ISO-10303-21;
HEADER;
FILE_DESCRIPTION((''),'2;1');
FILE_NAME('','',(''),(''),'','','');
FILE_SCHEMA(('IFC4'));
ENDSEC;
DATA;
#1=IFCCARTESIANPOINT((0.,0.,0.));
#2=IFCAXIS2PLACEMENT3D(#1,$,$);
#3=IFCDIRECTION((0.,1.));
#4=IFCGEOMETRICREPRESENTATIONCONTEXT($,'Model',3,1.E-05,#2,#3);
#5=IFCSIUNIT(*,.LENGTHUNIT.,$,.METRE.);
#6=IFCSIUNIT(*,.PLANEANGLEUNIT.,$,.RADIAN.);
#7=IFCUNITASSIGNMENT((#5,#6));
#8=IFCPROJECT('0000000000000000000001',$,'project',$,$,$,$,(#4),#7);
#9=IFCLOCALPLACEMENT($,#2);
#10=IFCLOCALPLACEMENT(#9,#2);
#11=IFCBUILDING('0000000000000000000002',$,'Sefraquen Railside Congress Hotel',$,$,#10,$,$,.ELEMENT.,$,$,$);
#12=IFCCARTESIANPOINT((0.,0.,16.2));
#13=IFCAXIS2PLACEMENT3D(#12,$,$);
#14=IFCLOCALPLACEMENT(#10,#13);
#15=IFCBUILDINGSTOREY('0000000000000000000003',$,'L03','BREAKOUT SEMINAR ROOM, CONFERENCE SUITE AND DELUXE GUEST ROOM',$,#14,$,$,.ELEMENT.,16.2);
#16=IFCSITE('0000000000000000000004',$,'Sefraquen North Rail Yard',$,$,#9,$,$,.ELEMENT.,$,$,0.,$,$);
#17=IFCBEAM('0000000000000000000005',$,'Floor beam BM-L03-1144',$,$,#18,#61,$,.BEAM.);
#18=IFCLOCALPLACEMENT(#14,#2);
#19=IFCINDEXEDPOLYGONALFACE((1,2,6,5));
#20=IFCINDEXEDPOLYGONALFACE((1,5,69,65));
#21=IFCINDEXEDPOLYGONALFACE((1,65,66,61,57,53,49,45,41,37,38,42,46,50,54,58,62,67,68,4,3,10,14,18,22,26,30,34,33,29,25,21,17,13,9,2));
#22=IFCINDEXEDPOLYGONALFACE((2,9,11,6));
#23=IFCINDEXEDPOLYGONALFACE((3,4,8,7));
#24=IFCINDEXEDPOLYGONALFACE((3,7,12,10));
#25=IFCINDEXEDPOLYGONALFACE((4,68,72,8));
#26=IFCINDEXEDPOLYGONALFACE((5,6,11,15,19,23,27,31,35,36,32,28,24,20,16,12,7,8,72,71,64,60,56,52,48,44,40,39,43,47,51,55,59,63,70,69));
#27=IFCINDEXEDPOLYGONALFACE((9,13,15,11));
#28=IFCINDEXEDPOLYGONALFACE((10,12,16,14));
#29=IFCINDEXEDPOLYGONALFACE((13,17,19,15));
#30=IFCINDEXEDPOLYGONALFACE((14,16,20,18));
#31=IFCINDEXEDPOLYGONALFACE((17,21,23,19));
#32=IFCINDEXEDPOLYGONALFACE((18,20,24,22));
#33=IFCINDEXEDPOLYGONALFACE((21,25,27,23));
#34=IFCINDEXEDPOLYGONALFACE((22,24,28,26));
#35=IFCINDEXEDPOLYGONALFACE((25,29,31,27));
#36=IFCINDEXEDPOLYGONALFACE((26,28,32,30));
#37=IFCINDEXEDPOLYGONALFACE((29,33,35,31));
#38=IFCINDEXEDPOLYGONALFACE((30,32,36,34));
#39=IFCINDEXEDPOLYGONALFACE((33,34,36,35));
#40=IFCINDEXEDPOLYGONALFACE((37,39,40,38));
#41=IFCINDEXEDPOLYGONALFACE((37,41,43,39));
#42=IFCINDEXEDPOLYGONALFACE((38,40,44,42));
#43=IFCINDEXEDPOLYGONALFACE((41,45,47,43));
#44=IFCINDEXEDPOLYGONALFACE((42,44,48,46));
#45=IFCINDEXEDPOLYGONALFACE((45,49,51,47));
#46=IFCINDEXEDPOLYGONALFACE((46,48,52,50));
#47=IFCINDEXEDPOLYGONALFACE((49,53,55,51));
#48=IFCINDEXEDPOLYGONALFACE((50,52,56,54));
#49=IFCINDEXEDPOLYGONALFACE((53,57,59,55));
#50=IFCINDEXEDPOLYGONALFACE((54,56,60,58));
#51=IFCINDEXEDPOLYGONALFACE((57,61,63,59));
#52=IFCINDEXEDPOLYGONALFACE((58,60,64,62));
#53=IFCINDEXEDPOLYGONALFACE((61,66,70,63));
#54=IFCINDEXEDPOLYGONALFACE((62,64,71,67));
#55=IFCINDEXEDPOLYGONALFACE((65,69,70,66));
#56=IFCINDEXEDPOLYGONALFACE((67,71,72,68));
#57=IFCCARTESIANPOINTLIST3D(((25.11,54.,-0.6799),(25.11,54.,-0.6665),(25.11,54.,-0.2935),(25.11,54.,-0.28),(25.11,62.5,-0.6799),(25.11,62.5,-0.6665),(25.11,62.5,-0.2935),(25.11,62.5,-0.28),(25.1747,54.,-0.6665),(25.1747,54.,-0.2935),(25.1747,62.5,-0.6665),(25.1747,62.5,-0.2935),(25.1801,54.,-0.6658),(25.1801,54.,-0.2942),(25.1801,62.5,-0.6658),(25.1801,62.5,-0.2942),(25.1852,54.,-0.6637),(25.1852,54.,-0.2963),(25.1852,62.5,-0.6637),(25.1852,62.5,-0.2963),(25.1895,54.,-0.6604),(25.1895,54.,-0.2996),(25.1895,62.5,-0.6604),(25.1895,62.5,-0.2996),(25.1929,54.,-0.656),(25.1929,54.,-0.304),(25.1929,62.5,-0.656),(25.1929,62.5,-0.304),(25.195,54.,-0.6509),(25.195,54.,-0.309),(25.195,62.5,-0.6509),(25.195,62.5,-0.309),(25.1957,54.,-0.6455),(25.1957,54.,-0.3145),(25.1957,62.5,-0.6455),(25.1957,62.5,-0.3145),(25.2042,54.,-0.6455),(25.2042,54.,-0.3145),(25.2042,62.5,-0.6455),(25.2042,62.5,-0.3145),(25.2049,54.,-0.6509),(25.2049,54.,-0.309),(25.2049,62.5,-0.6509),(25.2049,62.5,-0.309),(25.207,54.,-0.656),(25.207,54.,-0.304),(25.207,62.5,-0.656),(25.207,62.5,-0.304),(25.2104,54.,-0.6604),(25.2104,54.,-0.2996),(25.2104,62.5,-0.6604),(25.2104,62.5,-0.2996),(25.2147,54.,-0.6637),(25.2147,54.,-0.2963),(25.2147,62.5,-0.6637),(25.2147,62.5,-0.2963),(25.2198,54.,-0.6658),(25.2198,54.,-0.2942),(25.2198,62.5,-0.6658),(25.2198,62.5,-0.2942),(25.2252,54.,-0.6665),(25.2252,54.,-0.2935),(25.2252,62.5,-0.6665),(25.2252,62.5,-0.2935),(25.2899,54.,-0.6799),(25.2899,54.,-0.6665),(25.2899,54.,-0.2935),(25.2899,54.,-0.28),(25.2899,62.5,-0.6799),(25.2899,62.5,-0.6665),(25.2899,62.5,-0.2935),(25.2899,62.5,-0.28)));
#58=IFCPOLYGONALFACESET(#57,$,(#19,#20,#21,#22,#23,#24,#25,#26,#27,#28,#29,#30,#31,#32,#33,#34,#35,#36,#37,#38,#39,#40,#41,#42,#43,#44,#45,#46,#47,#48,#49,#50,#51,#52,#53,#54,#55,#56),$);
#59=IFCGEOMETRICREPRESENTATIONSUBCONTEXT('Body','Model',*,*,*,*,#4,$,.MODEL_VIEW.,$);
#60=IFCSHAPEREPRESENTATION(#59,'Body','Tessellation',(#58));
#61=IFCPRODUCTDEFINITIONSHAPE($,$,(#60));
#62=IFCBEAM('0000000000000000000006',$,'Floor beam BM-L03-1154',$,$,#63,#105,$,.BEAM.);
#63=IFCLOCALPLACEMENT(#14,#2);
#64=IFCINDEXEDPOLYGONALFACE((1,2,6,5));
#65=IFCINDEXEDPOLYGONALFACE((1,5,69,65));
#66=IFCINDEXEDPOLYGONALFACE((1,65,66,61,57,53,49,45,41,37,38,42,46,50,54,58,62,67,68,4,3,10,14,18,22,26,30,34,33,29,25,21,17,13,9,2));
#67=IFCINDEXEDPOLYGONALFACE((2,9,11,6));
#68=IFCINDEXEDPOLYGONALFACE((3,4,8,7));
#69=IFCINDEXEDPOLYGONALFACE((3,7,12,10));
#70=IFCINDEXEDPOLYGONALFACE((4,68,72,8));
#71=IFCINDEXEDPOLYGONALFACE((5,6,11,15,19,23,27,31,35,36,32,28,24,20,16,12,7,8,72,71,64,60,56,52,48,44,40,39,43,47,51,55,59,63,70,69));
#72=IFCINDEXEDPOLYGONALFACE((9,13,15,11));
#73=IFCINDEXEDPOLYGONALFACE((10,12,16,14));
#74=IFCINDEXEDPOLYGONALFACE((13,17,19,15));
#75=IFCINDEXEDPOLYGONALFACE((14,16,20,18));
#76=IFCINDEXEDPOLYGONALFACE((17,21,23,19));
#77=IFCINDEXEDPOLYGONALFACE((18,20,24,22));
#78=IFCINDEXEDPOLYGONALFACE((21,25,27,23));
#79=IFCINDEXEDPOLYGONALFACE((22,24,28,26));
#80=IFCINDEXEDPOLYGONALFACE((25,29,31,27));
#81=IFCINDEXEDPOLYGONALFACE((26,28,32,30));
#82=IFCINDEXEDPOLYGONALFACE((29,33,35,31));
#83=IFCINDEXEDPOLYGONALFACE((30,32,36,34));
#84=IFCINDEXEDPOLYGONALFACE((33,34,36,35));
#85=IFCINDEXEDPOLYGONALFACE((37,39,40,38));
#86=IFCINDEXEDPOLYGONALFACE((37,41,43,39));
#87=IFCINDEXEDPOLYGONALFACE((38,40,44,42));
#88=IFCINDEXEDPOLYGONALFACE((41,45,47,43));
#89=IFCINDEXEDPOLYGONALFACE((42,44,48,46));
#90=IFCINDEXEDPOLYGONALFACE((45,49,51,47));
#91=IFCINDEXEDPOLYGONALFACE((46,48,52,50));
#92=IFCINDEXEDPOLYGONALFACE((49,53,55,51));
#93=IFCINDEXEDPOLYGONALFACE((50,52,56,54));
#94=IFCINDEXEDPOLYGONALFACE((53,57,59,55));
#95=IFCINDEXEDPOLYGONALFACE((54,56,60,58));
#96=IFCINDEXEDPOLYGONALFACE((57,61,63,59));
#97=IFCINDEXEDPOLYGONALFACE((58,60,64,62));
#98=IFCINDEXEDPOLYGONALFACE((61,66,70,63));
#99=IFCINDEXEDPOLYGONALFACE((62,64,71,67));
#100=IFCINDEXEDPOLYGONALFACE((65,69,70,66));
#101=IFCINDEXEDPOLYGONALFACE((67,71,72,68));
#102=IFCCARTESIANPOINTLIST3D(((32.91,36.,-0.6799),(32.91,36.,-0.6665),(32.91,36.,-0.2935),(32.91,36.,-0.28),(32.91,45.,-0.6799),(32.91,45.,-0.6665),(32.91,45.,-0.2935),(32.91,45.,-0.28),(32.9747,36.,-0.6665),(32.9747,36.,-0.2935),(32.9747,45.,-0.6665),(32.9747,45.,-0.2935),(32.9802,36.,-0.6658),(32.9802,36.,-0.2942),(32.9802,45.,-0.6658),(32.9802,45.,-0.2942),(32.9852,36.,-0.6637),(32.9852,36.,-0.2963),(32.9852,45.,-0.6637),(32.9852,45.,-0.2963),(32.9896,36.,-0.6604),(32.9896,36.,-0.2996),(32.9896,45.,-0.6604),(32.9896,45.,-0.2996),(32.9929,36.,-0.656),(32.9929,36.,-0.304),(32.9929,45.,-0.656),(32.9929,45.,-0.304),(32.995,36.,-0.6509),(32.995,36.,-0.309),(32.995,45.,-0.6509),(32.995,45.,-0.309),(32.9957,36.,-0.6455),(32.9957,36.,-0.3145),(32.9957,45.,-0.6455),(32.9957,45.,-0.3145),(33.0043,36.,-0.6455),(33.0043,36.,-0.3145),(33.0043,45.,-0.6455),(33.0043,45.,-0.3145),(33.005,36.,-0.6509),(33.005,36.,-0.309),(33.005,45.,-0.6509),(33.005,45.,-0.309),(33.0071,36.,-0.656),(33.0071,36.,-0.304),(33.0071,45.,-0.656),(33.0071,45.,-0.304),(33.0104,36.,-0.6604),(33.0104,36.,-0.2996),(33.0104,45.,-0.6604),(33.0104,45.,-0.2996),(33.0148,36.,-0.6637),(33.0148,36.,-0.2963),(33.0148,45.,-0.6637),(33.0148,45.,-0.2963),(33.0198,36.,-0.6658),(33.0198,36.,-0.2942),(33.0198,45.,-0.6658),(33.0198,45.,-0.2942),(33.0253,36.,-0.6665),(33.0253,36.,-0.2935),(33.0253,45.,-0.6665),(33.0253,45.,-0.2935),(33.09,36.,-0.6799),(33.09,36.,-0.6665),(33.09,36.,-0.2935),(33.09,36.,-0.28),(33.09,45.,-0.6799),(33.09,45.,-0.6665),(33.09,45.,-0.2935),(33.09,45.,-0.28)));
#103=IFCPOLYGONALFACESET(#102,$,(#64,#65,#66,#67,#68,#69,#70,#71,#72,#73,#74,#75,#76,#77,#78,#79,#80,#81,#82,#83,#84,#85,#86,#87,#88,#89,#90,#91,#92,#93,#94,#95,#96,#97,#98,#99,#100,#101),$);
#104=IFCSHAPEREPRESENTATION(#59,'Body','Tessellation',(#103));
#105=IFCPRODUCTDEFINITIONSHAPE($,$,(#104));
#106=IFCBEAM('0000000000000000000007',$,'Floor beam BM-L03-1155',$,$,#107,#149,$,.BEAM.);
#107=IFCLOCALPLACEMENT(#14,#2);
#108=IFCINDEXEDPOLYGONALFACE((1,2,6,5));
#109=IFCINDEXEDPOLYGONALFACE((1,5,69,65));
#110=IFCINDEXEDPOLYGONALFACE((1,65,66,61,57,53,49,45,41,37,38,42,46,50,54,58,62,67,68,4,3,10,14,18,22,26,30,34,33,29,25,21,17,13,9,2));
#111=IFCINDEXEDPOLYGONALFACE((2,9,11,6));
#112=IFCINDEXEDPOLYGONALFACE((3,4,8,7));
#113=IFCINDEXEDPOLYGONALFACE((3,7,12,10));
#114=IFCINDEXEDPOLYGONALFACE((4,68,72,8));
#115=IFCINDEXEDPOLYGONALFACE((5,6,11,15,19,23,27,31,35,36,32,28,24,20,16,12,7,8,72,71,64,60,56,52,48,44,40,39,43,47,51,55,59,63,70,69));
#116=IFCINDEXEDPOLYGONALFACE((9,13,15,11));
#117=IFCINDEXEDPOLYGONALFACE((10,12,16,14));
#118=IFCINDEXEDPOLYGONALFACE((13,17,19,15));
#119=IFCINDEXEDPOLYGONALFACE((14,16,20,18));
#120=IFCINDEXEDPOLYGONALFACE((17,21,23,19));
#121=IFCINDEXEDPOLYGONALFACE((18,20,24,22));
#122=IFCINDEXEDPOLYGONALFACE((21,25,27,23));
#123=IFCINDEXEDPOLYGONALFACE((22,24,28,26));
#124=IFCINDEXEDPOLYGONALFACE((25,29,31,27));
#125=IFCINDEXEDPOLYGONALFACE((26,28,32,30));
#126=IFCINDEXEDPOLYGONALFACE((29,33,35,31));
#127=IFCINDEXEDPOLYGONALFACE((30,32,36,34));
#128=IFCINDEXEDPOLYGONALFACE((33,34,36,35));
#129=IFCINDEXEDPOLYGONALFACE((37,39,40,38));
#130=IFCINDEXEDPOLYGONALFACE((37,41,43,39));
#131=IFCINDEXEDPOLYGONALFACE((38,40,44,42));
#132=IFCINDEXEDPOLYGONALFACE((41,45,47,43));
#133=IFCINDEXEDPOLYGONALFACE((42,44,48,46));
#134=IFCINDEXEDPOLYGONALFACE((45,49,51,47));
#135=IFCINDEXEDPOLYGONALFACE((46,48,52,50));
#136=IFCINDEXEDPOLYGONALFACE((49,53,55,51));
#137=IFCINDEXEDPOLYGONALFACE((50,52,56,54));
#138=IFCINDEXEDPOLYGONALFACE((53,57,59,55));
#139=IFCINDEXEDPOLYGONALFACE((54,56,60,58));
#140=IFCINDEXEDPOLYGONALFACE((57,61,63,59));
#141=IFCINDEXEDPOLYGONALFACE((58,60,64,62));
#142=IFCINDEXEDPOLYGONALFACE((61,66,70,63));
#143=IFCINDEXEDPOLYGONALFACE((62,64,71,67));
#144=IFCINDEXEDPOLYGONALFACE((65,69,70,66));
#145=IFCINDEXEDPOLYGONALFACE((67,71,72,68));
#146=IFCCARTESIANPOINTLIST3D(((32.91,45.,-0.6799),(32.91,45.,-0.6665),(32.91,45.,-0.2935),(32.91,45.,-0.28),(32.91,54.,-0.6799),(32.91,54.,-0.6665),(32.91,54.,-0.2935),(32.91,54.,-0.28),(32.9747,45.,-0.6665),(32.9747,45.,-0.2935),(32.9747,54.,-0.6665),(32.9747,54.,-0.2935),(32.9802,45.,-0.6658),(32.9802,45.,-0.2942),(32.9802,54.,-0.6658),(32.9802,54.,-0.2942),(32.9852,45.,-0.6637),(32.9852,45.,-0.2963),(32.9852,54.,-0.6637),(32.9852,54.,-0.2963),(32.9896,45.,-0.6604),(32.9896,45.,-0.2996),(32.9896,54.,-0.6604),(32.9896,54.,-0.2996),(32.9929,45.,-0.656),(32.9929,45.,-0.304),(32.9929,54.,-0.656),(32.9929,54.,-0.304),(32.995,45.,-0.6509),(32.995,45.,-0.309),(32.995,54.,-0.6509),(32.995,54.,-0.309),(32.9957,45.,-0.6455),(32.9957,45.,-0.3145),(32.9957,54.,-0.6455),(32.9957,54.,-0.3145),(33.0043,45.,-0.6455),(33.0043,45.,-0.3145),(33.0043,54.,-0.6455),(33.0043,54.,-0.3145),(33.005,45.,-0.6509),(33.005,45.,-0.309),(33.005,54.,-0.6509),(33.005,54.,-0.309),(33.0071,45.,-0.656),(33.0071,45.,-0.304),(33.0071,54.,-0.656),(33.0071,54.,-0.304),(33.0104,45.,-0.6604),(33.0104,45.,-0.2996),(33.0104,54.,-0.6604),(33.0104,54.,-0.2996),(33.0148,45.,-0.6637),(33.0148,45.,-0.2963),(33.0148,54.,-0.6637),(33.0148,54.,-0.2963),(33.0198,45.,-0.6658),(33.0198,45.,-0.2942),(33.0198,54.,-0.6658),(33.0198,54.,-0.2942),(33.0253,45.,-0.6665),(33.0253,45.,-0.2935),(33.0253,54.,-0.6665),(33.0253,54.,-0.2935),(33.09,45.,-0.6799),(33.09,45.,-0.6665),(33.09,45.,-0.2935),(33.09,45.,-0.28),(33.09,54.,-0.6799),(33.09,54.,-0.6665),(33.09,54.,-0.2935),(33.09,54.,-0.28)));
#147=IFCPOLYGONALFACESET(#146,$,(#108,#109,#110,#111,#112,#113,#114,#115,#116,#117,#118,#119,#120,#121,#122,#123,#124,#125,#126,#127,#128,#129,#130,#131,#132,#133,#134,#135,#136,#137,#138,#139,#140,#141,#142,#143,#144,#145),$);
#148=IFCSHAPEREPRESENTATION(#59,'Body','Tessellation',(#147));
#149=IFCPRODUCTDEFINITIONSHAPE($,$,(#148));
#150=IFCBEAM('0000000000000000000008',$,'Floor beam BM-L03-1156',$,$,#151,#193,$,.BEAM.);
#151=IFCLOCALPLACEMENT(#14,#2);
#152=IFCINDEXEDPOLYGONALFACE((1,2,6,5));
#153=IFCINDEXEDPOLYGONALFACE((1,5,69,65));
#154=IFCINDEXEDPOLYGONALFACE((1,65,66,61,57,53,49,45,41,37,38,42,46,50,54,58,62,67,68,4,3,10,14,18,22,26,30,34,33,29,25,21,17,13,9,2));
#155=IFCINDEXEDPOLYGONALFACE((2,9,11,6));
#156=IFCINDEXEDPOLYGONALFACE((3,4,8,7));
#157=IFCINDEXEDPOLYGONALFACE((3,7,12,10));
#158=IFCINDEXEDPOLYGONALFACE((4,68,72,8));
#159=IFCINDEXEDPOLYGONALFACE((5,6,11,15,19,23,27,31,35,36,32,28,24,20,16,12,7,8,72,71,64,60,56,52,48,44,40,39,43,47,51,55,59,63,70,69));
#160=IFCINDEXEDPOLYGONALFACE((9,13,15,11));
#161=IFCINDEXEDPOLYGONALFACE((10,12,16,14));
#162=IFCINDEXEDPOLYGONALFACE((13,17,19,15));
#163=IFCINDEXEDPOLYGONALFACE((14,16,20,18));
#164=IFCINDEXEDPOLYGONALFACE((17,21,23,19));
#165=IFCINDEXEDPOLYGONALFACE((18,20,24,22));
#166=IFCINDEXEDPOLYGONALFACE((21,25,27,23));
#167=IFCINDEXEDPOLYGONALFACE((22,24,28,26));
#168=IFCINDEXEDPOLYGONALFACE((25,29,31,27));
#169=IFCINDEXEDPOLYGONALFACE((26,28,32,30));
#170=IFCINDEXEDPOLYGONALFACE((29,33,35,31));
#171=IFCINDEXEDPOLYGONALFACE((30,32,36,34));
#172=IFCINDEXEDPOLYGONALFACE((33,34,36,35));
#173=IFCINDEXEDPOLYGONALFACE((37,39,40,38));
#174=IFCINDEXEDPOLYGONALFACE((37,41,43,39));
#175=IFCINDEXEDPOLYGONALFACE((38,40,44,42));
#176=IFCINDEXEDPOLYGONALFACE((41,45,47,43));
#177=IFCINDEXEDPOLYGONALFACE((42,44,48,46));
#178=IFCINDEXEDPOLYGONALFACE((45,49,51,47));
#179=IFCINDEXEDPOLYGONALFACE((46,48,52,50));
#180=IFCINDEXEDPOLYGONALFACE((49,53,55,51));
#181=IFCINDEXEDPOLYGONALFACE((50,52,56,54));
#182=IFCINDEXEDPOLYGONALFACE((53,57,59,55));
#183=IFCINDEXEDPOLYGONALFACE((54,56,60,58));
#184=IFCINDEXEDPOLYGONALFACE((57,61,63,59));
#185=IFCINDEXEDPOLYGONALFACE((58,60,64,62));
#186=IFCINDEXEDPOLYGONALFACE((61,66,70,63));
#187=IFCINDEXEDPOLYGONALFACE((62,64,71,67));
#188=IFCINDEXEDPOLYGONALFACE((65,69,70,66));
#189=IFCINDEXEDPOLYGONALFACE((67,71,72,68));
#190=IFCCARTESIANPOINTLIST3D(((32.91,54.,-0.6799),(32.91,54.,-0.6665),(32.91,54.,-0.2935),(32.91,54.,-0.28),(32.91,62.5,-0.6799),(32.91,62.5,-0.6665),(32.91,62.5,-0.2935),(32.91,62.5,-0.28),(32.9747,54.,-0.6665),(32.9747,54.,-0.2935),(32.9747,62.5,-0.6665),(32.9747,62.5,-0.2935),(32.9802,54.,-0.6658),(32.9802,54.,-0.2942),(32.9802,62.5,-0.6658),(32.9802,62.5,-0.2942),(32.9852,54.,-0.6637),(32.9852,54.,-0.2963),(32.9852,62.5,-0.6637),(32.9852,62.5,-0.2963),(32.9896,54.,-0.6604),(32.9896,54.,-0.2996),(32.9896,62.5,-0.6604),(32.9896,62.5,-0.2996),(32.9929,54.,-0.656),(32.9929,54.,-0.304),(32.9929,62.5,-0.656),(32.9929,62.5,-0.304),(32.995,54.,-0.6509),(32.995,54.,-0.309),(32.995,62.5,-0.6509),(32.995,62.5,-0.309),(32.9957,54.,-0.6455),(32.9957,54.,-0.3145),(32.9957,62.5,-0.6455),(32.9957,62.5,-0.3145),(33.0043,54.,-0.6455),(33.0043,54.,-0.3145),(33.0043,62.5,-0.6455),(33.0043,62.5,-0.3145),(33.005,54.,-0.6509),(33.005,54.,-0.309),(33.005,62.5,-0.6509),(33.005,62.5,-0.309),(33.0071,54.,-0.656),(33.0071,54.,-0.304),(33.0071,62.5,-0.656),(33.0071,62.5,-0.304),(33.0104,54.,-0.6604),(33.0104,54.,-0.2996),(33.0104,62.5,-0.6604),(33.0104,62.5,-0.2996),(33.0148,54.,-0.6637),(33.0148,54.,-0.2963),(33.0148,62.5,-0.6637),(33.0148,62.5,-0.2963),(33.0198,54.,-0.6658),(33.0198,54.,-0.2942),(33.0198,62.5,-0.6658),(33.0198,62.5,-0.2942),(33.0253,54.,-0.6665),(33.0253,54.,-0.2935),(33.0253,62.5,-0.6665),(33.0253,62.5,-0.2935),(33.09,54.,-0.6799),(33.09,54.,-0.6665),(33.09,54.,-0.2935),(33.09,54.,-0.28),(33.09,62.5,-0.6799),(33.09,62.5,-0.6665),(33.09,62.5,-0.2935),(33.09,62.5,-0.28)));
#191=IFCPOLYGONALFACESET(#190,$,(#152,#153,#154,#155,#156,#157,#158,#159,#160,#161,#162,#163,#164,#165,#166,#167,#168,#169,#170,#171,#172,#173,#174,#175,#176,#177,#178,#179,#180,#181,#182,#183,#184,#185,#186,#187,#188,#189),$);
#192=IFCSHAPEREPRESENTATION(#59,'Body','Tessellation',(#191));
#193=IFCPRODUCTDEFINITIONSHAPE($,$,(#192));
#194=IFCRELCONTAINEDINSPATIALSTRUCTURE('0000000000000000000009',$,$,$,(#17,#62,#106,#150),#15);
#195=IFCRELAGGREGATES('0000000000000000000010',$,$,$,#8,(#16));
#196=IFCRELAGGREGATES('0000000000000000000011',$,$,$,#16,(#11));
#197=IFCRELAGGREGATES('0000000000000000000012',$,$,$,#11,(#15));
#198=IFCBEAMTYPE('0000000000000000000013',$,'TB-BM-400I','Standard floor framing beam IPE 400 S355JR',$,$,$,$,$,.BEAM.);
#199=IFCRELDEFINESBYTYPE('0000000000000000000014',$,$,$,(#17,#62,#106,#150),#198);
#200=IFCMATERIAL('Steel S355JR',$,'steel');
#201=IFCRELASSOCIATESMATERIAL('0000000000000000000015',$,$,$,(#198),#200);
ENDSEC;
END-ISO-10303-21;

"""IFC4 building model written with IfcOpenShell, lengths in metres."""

from ifc_helpers import new_model, si_unit, direction, frame, origin, origin_2d, place, context, subcontext, project, spatial, i_section, extrude, material, material_profile, profile_set, type_object, element, save


model = new_model("IFC4")

# Units and contexts
model_context = context("Model", 3, precision=1e-05, world=origin(), true_north=direction((0.0, 1.0)))
body_context = subcontext(model_context, "Body", "Model", "MODEL_VIEW")
ifc_project = project(units=[si_unit("LENGTHUNIT", "METRE"), si_unit("PLANEANGLEUNIT", "RADIAN")], contexts=[model_context])

# Site, building, storey
site_placement = place(None, origin())
site = spatial("IfcSite", under=ifc_project, at=site_placement, Name="Sefraquen North Rail Yard", CompositionType="ELEMENT", RefElevation=0.0)
building_placement = place(site_placement, origin())
building = spatial("IfcBuilding", under=site, at=building_placement, Name="Sefraquen Railside Congress Hotel", CompositionType="ELEMENT")
storey_placement = place(building_placement, frame((0.0, 0.0, 16.2)))
storey = spatial("IfcBuildingStorey", under=building, at=storey_placement, Name="L03", Description="BREAKOUT SEMINAR ROOM, CONFERENCE SUITE AND DELUXE GUEST ROOM", CompositionType="ELEMENT", Elevation=16.2)

# Beams
ifc_material_1 = material(Name="Steel S355JR", Category="steel")
ifc_material_profile_1 = material_profile(ifc_material_1, i_section(OverallWidth=0.1799, OverallDepth=0.3999, WebThickness=0.0085, FlangeThickness=0.0134, FilletRadius=0.021, at=origin_2d()), Name="IPE 400")
ifc_profile_set_1 = profile_set([ifc_material_profile_1], Name="Steel S355JR")
beam_type_1 = type_object("IfcBeamType", Name="TB-BM-400I", Description="Standard floor framing beam IPE 400 S355JR", PredefinedType="BEAM", material=ifc_profile_set_1)
beam_1_placement = place(storey_placement, frame((25.2, 54.0, -0.48), z_axis=(0.0, 1.0, 0.0), x_axis=(-1.0, 0.0, 0.0)))
element("IfcBeam", 1, at=beam_1_placement, inside=storey, type_object=beam_type_1, Name="Floor beam BM-L03-1144", PredefinedType="BEAM", context=body_context, shape_type="SweptSolid", body=[
    extrude(i_section(OverallWidth=0.1799, OverallDepth=0.3999, WebThickness=0.0085, FlangeThickness=0.0134, FilletRadius=0.021, at=origin_2d()), origin(), (0.0, 0.0, 1.0), 8.5),
])
for number, where, z_axis, x_axis, name in (
    (2, (33.0, 36.0, -0.48), (0.0, 1.0, 0.0), (-1.0, 0.0, 0.0), "Floor beam BM-L03-1154"),
    (3, (33.0, 45.0, -0.48), (0.0, 1.0, 0.0), (-1.0, 0.0, 0.0), "Floor beam BM-L03-1155"),
):
    element("IfcBeam", number, at=place(storey_placement, frame(where, z_axis=z_axis, x_axis=x_axis)), inside=storey, type_object=beam_type_1, Name=name, PredefinedType="BEAM", context=body_context, shape_type="SweptSolid", body=[
        extrude(i_section(OverallWidth=0.1799, OverallDepth=0.3999, WebThickness=0.0085, FlangeThickness=0.0134, FilletRadius=0.021, at=origin_2d()), origin(), (0.0, 0.0, 1.0), 9.0),
    ])
beam_2_placement = place(storey_placement, frame((33.0, 54.0, -0.48), z_axis=(0.0, 1.0, 0.0), x_axis=(-1.0, 0.0, 0.0)))
element("IfcBeam", 4, at=beam_2_placement, inside=storey, type_object=beam_type_1, Name="Floor beam BM-L03-1156", PredefinedType="BEAM", context=body_context, shape_type="SweptSolid", body=[
    extrude(i_section(OverallWidth=0.1799, OverallDepth=0.3999, WebThickness=0.0085, FlangeThickness=0.0134, FilletRadius=0.021, at=origin_2d()), origin(), (0.0, 0.0, 1.0), 8.5),
])

save(model, "model.ifc")
